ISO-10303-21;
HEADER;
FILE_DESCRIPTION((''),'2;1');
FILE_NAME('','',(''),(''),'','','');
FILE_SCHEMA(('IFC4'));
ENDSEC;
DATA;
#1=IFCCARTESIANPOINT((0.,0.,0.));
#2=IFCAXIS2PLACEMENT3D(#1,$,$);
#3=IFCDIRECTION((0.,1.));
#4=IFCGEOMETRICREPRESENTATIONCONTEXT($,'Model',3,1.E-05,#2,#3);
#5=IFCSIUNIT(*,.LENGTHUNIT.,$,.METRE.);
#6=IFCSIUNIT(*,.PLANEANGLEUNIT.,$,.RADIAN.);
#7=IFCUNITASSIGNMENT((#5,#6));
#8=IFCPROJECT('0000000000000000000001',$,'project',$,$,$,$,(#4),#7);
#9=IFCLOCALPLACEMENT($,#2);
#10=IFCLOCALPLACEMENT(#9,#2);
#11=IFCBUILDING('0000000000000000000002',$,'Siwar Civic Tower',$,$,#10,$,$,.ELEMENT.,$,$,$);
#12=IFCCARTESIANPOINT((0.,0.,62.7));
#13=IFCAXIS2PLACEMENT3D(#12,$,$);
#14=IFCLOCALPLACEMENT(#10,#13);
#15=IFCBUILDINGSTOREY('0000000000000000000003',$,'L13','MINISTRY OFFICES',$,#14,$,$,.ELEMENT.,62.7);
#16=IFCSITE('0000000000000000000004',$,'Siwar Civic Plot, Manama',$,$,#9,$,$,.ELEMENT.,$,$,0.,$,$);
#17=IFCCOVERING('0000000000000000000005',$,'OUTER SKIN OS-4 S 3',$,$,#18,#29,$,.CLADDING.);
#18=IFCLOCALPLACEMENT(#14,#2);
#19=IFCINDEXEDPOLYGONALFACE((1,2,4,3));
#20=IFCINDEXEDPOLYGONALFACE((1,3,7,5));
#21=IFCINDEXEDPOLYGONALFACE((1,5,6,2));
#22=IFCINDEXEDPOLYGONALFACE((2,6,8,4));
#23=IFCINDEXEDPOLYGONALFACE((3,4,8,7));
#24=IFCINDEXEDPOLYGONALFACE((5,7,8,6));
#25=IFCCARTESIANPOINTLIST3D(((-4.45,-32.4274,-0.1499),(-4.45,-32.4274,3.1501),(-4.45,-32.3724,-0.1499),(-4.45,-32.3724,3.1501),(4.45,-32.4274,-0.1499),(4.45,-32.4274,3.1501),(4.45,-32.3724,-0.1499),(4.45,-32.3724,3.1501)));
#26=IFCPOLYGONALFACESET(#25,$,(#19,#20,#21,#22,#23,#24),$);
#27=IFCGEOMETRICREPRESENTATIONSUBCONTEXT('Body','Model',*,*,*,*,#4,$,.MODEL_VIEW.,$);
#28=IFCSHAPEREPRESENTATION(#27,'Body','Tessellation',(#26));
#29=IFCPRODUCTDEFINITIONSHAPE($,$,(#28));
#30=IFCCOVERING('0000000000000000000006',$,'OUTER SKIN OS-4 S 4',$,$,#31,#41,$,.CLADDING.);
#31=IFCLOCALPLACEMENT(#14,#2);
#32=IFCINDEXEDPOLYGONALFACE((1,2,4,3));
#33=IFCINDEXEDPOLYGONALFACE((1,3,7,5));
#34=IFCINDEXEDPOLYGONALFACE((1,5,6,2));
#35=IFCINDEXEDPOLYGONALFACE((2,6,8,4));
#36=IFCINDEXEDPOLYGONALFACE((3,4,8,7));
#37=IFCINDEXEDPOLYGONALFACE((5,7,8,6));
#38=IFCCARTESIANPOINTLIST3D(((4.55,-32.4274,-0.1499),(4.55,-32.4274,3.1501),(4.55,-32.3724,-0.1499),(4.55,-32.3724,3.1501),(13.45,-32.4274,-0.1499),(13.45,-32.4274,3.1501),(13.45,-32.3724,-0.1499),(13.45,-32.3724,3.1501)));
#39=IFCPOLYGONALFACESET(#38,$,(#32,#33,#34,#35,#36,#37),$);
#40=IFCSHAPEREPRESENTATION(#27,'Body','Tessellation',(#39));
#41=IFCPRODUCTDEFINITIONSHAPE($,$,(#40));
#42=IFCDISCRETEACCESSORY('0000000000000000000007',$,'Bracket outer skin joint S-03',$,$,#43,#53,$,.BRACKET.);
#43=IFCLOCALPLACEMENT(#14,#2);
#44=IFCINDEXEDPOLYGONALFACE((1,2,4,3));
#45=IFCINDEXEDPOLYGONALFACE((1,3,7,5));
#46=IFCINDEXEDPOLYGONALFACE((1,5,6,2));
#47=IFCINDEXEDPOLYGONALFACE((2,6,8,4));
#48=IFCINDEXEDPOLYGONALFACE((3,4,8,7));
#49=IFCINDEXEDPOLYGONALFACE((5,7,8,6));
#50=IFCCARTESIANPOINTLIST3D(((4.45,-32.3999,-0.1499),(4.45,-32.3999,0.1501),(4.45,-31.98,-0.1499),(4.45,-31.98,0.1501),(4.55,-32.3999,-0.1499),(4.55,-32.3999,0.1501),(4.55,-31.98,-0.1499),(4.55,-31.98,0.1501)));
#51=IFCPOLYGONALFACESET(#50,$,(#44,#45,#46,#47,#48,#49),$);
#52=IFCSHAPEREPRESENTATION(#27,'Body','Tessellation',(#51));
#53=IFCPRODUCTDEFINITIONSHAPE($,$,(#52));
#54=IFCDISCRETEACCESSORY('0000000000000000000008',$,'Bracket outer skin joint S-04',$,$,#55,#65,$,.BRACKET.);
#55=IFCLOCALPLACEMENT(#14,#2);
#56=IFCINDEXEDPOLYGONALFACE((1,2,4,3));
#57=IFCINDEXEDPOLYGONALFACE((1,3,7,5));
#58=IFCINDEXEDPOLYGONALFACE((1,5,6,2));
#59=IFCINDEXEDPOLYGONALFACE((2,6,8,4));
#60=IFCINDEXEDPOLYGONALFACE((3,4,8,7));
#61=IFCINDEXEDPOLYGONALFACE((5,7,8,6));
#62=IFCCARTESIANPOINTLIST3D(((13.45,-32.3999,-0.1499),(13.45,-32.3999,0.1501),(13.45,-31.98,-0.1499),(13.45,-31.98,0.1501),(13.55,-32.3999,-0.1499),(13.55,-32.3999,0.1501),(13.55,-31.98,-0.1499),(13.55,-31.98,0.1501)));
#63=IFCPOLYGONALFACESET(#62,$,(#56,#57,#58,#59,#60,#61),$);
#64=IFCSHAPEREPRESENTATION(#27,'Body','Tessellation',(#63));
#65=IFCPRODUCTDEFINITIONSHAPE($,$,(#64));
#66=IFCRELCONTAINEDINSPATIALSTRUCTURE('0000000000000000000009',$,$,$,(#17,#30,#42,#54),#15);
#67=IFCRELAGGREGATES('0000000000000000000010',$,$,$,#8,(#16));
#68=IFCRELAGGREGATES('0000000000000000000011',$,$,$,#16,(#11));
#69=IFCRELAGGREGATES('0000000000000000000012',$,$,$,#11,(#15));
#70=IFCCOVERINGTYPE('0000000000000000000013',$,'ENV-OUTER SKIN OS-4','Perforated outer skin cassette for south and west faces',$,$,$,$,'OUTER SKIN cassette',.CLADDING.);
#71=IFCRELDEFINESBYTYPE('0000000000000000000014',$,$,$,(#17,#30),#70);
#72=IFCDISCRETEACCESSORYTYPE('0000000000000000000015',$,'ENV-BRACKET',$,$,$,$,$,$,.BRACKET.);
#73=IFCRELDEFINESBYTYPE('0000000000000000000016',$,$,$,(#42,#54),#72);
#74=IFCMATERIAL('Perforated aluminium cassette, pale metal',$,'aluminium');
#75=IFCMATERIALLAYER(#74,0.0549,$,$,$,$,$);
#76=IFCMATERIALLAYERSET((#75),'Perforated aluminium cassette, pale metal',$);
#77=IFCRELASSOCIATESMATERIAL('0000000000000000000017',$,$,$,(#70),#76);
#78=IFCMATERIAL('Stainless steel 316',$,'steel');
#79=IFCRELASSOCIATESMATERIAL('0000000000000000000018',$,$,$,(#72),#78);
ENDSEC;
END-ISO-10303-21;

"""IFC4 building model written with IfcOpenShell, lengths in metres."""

from ifc_helpers import new_model, si_unit, direction, frame, origin, origin_2d, place, context, subcontext, project, spatial, rectangle, extrude, material, layer, layer_set, type_object, element, save


model = new_model("IFC4")

# Units and contexts
model_context = context("Model", 3, precision=1e-05, world=origin(), true_north=direction((0.0, 1.0)))
body_context = subcontext(model_context, "Body", "Model", "MODEL_VIEW")
ifc_project = project(units=[si_unit("LENGTHUNIT", "METRE"), si_unit("PLANEANGLEUNIT", "RADIAN")], contexts=[model_context])

# Site, building, storey
site_placement = place(None, origin())
site = spatial("IfcSite", under=ifc_project, at=site_placement, Name="Siwar Civic Plot, Manama", CompositionType="ELEMENT", RefElevation=0.0)
building_placement = place(site_placement, origin())
building = spatial("IfcBuilding", under=site, at=building_placement, Name="Siwar Civic Tower", CompositionType="ELEMENT")
storey_placement = place(building_placement, frame((0.0, 0.0, 62.7)))
storey = spatial("IfcBuildingStorey", under=building, at=storey_placement, Name="L13", Description="MINISTRY OFFICES", CompositionType="ELEMENT", Elevation=62.7)

# Coverings
ifc_material_1 = material(Name="Perforated aluminium cassette, pale metal", Category="aluminium")
ifc_layer_1 = layer(ifc_material_1, 0.0549)
ifc_layer_set_1 = layer_set([ifc_layer_1], Name="Perforated aluminium cassette, pale metal")
covering_type = type_object("IfcCoveringType", Name="ENV-OUTER SKIN OS-4", Description="Perforated outer skin cassette for south and west faces", ElementType="OUTER SKIN cassette", PredefinedType="CLADDING", material=ifc_layer_set_1)
for number, where, z_axis, x_axis, name in (
    (1, (0.0, -32.3999, -0.1499), (0.0, 0.0, 1.0), (1.0, 0.0, 0.0), "OUTER SKIN OS-4 S 3"),
    (2, (9.0, -32.3999, -0.1499), (0.0, 0.0, 1.0), (1.0, 0.0, 0.0), "OUTER SKIN OS-4 S 4"),
):
    element("IfcCovering", number, at=place(storey_placement, frame(where, z_axis=z_axis, x_axis=x_axis)), inside=storey, type_object=covering_type, Name=name, PredefinedType="CLADDING", context=body_context, shape_type="SweptSolid", body=[
        extrude(rectangle(XDim=8.8999, YDim=0.0549, at=origin_2d()), origin(), (0.0, 0.0, 1.0), 3.3),
    ])

# Discrete accessories
ifc_material_2 = material(Name="Stainless steel 316", Category="steel")
discrete_accessory_type = type_object("IfcDiscreteAccessoryType", Name="ENV-BRACKET", PredefinedType="BRACKET", material=ifc_material_2)
for number, where, z_axis, x_axis, name in (
    (3, (4.5, -32.1899, -0.1499), (0.0, 0.0, 1.0), (0.0, -1.0, 0.0), "Bracket outer skin joint S-03"),
    (4, (13.5, -32.1899, -0.1499), (0.0, 0.0, 1.0), (0.0, -1.0, 0.0), "Bracket outer skin joint S-04"),
):
    element("IfcDiscreteAccessory", number, at=place(storey_placement, frame(where, z_axis=z_axis, x_axis=x_axis)), inside=storey, type_object=discrete_accessory_type, Name=name, PredefinedType="BRACKET", context=body_context, shape_type="SweptSolid", body=[
        extrude(rectangle(XDim=0.4199, YDim=0.1001, at=origin_2d()), origin(), (0.0, 0.0, 1.0), 0.3),
    ])

save(model, "model.ifc")
